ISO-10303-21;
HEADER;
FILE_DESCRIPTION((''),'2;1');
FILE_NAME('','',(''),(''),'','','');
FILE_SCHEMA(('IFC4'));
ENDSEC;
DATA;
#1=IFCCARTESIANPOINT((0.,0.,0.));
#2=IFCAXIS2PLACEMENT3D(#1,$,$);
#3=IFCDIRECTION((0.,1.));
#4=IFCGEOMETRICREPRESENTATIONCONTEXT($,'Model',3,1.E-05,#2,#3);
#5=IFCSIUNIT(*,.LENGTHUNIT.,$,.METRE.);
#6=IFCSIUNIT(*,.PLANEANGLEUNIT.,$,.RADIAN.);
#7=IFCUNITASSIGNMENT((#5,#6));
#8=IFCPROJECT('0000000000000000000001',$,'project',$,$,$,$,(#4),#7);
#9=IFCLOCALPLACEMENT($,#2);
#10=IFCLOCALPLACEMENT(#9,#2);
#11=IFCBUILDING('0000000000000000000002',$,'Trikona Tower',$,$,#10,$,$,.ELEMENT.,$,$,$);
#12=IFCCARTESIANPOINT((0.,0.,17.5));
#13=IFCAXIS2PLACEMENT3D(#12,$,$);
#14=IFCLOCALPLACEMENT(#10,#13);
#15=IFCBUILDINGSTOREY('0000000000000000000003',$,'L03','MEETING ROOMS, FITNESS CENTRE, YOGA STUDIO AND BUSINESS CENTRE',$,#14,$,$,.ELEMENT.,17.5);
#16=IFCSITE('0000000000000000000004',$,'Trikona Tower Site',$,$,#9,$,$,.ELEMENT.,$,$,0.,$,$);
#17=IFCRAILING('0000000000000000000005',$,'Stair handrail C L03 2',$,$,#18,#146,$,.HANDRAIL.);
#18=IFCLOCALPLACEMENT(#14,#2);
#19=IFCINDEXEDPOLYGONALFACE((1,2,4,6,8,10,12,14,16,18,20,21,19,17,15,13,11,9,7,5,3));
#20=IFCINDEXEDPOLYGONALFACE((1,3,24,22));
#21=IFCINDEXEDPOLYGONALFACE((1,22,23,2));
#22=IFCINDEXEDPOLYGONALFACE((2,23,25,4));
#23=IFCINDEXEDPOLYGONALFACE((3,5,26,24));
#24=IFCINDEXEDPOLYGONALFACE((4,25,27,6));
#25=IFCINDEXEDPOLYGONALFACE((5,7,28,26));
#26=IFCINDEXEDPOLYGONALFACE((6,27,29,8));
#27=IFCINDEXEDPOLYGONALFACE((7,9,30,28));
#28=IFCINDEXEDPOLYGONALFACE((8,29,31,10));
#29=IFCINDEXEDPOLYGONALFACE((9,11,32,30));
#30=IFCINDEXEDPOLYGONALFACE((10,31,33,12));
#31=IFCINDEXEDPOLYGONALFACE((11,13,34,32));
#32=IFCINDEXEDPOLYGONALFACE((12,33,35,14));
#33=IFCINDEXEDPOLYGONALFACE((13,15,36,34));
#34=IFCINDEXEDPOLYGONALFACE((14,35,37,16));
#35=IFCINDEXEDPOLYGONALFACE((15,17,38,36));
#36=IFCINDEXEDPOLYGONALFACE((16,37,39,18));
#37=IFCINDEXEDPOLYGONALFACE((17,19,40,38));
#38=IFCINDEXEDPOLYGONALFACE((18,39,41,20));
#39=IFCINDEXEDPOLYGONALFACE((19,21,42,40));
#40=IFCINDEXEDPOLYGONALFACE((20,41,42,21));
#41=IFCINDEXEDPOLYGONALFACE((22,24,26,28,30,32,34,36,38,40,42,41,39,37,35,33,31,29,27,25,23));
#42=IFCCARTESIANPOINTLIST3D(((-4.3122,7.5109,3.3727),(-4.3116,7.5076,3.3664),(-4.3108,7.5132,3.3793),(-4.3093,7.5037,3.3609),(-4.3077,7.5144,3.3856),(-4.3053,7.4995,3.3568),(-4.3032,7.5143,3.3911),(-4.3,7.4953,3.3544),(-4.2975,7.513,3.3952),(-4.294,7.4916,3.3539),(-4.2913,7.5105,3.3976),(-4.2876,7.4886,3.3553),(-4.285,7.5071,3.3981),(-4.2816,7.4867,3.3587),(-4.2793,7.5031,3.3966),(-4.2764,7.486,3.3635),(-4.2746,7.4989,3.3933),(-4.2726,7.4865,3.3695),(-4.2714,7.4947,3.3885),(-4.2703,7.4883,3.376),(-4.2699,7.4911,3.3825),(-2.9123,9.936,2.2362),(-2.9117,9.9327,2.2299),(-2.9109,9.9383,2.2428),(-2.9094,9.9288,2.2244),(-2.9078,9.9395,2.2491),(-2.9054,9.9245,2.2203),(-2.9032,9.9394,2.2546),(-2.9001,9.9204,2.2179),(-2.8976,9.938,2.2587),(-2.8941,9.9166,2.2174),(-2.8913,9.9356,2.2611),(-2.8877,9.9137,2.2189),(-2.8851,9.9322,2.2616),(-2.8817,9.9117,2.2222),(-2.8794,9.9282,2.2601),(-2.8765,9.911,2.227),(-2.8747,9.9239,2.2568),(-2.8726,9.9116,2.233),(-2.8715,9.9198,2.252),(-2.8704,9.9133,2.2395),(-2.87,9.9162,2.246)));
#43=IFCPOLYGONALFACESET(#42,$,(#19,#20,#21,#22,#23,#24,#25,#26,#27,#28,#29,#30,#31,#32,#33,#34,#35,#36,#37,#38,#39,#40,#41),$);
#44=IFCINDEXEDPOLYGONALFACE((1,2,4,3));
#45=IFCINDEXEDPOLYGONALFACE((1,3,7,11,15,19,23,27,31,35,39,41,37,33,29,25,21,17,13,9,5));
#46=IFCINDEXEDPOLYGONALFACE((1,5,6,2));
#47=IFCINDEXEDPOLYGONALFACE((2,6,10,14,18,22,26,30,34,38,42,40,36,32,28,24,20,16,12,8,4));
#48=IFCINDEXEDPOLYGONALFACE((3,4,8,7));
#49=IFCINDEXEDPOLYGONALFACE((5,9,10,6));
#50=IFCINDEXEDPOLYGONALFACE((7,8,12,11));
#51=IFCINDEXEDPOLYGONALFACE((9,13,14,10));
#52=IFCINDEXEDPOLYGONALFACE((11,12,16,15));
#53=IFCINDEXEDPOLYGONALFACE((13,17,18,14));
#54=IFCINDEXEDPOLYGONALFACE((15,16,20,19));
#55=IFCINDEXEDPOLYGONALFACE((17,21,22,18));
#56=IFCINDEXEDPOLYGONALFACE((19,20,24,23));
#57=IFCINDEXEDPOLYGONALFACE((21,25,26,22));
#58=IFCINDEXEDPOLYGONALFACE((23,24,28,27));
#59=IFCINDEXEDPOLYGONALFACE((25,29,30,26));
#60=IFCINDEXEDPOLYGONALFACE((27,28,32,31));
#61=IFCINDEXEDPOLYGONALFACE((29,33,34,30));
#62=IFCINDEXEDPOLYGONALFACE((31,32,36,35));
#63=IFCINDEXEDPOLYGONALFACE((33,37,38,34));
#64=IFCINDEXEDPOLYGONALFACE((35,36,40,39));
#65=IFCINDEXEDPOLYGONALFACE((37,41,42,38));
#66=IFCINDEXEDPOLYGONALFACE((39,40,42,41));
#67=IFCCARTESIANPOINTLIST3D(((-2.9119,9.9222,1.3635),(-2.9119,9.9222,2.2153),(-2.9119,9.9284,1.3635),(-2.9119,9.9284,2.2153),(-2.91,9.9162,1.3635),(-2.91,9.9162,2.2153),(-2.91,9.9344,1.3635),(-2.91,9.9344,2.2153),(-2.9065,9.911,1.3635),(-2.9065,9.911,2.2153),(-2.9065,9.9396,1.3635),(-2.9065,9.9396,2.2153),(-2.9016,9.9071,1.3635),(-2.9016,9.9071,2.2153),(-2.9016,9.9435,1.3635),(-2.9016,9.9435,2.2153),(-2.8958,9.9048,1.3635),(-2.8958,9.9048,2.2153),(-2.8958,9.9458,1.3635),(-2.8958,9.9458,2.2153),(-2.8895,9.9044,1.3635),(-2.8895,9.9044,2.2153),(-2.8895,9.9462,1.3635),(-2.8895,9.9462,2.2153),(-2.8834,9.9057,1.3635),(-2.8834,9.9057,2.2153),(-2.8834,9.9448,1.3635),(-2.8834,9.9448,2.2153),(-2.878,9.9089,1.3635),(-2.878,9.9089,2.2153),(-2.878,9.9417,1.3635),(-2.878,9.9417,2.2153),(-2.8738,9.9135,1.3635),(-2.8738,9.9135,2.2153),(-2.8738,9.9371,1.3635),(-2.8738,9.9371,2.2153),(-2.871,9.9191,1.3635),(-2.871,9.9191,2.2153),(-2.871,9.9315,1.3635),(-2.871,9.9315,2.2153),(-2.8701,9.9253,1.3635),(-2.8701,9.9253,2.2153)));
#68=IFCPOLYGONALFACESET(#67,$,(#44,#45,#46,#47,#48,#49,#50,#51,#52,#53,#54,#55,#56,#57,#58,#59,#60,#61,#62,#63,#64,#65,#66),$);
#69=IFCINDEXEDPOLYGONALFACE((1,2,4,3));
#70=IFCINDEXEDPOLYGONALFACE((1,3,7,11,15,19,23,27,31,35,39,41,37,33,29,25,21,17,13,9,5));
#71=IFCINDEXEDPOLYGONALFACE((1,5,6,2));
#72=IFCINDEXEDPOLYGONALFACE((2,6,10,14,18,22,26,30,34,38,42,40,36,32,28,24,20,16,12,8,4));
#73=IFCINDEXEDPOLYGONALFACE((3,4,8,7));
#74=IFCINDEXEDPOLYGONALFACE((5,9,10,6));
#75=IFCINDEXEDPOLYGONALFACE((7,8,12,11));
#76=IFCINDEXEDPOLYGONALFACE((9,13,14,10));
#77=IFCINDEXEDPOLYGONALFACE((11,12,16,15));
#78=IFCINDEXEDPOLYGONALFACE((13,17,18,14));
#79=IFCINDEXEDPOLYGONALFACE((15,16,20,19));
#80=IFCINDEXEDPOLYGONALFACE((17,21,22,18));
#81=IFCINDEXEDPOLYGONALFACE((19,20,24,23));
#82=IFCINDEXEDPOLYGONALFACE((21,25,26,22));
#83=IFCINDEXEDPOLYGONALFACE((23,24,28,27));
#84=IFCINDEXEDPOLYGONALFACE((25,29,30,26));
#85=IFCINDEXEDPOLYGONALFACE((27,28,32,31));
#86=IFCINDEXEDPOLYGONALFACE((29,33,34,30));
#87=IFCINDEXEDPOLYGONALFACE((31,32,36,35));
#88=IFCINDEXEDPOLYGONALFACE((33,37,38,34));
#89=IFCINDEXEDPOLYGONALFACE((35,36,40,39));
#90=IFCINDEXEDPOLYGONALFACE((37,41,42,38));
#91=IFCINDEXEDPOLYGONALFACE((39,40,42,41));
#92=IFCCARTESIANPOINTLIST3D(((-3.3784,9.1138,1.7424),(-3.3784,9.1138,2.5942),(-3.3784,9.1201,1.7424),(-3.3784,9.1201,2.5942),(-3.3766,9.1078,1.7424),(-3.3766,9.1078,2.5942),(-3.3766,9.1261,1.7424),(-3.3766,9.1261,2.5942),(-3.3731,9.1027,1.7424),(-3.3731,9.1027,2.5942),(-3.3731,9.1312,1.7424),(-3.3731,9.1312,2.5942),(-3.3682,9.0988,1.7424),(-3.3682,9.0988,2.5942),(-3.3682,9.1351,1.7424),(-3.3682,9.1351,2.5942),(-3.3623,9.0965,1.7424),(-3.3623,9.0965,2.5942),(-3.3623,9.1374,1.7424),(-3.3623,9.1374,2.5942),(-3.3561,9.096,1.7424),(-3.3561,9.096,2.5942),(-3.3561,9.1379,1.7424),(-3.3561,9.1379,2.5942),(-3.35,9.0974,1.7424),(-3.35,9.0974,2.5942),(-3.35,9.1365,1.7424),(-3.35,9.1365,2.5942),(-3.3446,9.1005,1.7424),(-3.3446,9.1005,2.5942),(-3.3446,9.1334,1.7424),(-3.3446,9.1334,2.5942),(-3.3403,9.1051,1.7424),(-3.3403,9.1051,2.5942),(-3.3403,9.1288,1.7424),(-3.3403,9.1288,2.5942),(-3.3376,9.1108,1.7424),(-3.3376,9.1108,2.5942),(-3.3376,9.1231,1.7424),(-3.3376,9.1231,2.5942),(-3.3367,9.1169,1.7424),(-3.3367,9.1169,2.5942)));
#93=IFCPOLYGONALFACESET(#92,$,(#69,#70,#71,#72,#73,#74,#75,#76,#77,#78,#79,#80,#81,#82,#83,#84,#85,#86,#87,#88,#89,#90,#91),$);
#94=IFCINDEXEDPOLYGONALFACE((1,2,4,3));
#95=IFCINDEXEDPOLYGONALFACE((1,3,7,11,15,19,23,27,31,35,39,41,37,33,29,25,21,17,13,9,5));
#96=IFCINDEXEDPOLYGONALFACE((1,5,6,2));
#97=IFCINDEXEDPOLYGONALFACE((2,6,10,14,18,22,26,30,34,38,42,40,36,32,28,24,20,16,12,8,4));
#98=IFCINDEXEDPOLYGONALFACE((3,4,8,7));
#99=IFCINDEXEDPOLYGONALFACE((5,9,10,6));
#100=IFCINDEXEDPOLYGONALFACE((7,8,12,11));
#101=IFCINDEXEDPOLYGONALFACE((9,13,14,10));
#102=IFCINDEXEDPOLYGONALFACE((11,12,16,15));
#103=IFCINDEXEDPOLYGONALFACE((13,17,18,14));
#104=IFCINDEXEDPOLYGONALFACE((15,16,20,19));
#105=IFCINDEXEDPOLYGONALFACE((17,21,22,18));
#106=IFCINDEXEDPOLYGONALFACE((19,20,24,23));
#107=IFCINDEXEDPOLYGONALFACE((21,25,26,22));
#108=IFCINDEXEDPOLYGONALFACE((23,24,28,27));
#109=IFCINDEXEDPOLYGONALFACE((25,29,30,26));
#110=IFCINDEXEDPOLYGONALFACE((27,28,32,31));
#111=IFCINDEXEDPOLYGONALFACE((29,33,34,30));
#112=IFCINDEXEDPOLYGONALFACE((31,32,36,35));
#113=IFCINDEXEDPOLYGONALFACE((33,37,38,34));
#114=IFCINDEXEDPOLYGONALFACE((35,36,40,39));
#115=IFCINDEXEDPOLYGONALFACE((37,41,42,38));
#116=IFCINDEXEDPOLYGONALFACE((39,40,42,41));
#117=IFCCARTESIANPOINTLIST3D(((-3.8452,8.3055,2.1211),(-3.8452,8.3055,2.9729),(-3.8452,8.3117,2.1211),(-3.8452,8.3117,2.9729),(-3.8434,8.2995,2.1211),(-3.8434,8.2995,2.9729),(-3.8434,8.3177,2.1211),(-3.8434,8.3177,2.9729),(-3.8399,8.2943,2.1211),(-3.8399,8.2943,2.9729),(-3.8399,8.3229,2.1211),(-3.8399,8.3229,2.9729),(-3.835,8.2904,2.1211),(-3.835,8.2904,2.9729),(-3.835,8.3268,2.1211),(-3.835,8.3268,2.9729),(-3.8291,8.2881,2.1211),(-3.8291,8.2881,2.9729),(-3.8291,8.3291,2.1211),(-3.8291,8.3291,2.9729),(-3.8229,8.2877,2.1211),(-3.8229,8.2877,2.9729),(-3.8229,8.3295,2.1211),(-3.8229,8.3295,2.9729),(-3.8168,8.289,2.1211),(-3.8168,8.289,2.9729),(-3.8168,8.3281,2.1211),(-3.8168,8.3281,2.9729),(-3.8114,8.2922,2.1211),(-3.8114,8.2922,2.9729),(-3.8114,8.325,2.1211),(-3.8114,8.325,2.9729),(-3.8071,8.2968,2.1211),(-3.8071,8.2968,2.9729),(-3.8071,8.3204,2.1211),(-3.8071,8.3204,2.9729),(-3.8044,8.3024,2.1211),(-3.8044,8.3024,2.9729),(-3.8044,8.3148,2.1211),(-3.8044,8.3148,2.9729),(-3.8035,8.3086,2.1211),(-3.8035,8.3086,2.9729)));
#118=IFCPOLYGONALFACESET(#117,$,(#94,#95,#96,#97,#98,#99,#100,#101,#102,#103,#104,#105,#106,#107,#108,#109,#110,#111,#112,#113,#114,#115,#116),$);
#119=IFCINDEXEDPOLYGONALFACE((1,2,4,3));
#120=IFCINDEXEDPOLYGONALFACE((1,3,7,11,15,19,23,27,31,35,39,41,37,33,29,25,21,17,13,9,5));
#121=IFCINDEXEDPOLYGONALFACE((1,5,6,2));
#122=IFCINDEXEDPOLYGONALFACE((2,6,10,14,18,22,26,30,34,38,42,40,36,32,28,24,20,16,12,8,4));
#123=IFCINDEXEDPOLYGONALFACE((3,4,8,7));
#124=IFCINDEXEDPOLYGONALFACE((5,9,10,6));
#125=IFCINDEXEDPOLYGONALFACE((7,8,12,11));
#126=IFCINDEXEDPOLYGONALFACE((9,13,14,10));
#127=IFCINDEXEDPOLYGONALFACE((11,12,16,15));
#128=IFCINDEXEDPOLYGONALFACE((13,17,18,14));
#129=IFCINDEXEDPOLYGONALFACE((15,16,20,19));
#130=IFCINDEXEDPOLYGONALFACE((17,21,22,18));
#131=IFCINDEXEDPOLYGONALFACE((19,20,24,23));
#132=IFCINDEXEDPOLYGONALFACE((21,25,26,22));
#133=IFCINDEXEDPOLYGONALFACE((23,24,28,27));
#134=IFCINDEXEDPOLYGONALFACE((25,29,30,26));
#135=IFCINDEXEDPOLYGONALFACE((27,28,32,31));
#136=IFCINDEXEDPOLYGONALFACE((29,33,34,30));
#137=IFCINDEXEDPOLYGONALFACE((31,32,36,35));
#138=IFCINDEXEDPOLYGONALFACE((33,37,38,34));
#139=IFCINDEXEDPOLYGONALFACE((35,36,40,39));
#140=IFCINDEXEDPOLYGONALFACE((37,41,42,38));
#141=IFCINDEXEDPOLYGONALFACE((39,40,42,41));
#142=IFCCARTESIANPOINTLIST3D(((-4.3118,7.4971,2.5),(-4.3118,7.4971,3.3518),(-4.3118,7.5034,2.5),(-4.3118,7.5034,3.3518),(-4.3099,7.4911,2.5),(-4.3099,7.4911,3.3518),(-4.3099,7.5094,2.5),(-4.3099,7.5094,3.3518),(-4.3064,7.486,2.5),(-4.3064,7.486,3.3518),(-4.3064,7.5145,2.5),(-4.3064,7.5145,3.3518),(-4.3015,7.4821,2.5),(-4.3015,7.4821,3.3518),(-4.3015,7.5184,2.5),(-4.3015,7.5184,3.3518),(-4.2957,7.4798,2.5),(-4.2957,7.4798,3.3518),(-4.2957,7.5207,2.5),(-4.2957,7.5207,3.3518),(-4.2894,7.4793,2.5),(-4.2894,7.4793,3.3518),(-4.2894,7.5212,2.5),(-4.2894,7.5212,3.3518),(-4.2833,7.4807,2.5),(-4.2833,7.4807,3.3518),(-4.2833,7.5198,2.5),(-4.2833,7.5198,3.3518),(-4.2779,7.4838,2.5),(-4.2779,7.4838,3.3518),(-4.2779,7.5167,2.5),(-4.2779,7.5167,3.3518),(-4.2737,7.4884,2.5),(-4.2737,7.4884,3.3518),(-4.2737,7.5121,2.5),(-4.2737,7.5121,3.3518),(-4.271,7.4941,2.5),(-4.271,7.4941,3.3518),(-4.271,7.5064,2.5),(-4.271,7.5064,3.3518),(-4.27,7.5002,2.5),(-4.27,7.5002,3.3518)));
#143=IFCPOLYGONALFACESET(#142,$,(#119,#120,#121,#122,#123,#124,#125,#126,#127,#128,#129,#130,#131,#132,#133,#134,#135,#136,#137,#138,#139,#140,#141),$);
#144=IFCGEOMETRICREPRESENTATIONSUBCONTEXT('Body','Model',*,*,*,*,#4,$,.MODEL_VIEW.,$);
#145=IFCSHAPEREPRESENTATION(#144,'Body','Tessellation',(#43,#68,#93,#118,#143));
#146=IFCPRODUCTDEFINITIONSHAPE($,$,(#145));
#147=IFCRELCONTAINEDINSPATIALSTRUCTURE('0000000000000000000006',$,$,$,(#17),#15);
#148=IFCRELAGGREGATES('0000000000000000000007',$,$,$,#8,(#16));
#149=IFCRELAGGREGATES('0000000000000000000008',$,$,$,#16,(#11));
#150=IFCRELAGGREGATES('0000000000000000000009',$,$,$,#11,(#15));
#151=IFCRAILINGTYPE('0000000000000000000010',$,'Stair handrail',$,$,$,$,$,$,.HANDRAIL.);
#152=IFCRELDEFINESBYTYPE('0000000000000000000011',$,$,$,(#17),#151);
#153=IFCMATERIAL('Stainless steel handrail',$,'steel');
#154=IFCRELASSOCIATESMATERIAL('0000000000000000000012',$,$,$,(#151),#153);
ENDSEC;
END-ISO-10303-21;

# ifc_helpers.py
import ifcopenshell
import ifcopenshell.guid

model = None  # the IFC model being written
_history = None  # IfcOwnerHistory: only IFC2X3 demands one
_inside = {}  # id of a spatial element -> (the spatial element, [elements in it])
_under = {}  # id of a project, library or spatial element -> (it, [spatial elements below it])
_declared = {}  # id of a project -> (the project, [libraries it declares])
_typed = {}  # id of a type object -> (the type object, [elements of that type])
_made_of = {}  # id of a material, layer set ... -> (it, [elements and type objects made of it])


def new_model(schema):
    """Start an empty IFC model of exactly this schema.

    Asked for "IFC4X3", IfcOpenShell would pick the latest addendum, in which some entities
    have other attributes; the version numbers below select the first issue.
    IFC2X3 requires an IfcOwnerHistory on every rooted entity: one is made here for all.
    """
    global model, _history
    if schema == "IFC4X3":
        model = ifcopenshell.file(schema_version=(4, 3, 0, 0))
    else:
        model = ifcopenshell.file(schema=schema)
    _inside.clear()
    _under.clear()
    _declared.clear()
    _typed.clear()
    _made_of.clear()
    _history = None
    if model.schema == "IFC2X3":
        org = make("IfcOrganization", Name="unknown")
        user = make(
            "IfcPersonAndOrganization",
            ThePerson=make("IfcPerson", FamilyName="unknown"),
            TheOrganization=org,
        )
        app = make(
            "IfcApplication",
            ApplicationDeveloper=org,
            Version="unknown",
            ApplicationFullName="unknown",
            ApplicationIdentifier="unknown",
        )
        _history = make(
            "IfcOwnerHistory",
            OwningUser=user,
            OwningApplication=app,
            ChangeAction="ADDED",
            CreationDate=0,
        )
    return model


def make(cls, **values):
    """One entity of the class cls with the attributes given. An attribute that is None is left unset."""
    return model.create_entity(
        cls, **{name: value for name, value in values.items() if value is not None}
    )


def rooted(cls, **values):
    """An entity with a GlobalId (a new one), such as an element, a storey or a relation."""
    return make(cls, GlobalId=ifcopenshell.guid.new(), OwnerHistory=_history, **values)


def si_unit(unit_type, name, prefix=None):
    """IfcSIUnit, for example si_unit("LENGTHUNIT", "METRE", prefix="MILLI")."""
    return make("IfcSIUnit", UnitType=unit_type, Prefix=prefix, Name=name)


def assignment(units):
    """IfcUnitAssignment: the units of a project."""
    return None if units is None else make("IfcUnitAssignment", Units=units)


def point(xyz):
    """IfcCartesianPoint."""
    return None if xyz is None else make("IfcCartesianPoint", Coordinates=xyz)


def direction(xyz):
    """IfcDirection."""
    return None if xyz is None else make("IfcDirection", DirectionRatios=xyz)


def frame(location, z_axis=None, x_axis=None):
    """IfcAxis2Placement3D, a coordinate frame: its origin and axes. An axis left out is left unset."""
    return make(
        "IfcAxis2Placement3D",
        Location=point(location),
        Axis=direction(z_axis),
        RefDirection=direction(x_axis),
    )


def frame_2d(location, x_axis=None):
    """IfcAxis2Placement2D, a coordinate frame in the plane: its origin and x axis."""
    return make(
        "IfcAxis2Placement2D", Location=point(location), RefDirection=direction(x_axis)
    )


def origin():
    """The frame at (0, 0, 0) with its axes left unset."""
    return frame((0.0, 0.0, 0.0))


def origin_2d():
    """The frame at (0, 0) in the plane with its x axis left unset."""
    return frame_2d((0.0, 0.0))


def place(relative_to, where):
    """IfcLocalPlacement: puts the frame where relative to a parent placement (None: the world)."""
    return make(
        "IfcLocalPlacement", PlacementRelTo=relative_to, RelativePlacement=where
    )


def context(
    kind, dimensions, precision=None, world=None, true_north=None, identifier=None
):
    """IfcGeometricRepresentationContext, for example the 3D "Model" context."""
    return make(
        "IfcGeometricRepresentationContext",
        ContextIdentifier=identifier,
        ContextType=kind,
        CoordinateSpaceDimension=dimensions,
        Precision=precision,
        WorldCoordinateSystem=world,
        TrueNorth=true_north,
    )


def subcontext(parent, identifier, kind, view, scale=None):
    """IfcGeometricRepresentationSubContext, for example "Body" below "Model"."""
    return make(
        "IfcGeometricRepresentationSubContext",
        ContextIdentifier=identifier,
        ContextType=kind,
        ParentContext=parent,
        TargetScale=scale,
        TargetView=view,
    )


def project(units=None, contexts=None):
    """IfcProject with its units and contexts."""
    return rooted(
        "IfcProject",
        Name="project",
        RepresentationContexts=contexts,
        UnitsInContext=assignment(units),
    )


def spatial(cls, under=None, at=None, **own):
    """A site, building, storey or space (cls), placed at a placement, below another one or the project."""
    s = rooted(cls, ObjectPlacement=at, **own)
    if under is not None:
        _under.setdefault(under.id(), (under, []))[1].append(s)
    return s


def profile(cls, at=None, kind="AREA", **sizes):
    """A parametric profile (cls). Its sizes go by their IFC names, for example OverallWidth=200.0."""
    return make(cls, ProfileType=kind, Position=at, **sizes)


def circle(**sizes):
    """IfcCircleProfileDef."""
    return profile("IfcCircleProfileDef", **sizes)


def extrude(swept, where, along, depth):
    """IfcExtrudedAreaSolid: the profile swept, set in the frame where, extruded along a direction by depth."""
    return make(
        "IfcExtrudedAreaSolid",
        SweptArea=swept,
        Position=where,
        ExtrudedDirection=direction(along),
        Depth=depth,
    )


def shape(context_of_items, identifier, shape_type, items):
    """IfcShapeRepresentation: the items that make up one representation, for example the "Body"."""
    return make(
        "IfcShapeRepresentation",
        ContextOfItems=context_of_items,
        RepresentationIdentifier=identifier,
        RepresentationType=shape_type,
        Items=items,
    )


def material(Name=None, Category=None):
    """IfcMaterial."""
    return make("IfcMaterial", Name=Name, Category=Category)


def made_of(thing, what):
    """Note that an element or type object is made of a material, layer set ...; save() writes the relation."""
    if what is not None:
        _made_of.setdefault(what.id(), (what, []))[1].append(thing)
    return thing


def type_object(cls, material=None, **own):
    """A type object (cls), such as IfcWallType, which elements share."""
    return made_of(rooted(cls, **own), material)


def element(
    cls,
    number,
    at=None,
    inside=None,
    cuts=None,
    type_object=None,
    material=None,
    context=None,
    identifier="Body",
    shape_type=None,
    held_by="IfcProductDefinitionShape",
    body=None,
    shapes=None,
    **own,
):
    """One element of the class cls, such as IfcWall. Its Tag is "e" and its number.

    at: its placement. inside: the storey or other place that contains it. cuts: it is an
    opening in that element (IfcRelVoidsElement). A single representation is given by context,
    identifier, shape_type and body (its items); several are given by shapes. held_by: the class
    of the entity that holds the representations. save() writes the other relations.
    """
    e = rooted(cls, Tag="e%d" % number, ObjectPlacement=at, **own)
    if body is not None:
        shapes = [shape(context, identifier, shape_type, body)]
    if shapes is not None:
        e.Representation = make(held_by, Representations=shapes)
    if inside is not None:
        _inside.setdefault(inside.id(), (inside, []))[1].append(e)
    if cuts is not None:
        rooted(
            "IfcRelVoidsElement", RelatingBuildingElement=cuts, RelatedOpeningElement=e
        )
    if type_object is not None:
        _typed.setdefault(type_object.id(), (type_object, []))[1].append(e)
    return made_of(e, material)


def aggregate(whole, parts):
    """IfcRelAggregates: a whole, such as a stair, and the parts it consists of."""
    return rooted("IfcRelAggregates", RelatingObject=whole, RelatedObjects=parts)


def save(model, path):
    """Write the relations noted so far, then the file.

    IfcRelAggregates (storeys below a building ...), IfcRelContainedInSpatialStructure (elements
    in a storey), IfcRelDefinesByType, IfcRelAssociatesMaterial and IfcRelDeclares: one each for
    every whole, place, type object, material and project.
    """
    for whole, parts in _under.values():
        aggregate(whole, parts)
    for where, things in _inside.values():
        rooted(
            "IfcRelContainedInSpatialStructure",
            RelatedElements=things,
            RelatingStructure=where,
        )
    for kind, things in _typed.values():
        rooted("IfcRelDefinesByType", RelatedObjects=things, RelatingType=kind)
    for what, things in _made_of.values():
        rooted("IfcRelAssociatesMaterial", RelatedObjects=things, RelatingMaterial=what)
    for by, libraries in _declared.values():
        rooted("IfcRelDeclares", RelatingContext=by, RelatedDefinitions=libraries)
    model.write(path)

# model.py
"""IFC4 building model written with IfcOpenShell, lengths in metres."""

from ifc_helpers import new_model, si_unit, direction, frame, origin, origin_2d, place, context, subcontext, project, spatial, circle, extrude, material, type_object, element, save


model = new_model("IFC4")

# Units and contexts
model_context = context("Model", 3, precision=1e-05, world=origin(), true_north=direction((0.0, 1.0)))
body_context = subcontext(model_context, "Body", "Model", "MODEL_VIEW")
ifc_project = project(units=[si_unit("LENGTHUNIT", "METRE"), si_unit("PLANEANGLEUNIT", "RADIAN")], contexts=[model_context])

# Site, building, storey
site_placement = place(None, origin())
site = spatial("IfcSite", under=ifc_project, at=site_placement, Name="Trikona Tower Site", CompositionType="ELEMENT", RefElevation=0.0)
building_placement = place(site_placement, origin())
building = spatial("IfcBuilding", under=site, at=building_placement, Name="Trikona Tower", CompositionType="ELEMENT")
storey_placement = place(building_placement, frame((0.0, 0.0, 17.5)))
storey = spatial("IfcBuildingStorey", under=building, at=storey_placement, Name="L03", Description="MEETING ROOMS, FITNESS CENTRE, YOGA STUDIO AND BUSINESS CENTRE", CompositionType="ELEMENT", Elevation=17.5)

# Railing
ifc_material_1 = material(Name="Stainless steel handrail", Category="steel")
railing_type = type_object("IfcRailingType", Name="Stair handrail", PredefinedType="HANDRAIL", material=ifc_material_1)
railing_1_placement = place(storey_placement, frame((-2.8911, 9.9253, 1.3635)))
element("IfcRailing", 1, at=railing_1_placement, inside=storey, type_object=railing_type, Name="Stair handrail C L03 2", PredefinedType="HANDRAIL", context=body_context, shape_type="SweptSolid", body=[
    extrude(circle(Radius=0.0239, at=origin_2d()), frame((0.0, 0.0, 0.876), z_axis=(-0.463245, -0.802479, 0.376074), x_axis=(0.866056, -0.499946, 0.0)), (0.0, 0.0, 1.0), 3.022),
    extrude(circle(Radius=0.021, at=origin_2d()), origin(), (0.0, 0.0, 1.0), 0.8518),
    extrude(circle(Radius=0.021, at=origin_2d()), frame((-0.4666, -0.8083, 0.3789)), (0.0, 0.0, 1.0), 0.8518),
    extrude(circle(Radius=0.021, at=origin_2d()), frame((-0.9333, -1.6167, 0.7576)), (0.0, 0.0, 1.0), 0.8518),
    extrude(circle(Radius=0.021, at=origin_2d()), frame((-1.3999, -2.425, 1.1365)), (0.0, 0.0, 1.0), 0.8518),
])

save(model, "model.ifc")
